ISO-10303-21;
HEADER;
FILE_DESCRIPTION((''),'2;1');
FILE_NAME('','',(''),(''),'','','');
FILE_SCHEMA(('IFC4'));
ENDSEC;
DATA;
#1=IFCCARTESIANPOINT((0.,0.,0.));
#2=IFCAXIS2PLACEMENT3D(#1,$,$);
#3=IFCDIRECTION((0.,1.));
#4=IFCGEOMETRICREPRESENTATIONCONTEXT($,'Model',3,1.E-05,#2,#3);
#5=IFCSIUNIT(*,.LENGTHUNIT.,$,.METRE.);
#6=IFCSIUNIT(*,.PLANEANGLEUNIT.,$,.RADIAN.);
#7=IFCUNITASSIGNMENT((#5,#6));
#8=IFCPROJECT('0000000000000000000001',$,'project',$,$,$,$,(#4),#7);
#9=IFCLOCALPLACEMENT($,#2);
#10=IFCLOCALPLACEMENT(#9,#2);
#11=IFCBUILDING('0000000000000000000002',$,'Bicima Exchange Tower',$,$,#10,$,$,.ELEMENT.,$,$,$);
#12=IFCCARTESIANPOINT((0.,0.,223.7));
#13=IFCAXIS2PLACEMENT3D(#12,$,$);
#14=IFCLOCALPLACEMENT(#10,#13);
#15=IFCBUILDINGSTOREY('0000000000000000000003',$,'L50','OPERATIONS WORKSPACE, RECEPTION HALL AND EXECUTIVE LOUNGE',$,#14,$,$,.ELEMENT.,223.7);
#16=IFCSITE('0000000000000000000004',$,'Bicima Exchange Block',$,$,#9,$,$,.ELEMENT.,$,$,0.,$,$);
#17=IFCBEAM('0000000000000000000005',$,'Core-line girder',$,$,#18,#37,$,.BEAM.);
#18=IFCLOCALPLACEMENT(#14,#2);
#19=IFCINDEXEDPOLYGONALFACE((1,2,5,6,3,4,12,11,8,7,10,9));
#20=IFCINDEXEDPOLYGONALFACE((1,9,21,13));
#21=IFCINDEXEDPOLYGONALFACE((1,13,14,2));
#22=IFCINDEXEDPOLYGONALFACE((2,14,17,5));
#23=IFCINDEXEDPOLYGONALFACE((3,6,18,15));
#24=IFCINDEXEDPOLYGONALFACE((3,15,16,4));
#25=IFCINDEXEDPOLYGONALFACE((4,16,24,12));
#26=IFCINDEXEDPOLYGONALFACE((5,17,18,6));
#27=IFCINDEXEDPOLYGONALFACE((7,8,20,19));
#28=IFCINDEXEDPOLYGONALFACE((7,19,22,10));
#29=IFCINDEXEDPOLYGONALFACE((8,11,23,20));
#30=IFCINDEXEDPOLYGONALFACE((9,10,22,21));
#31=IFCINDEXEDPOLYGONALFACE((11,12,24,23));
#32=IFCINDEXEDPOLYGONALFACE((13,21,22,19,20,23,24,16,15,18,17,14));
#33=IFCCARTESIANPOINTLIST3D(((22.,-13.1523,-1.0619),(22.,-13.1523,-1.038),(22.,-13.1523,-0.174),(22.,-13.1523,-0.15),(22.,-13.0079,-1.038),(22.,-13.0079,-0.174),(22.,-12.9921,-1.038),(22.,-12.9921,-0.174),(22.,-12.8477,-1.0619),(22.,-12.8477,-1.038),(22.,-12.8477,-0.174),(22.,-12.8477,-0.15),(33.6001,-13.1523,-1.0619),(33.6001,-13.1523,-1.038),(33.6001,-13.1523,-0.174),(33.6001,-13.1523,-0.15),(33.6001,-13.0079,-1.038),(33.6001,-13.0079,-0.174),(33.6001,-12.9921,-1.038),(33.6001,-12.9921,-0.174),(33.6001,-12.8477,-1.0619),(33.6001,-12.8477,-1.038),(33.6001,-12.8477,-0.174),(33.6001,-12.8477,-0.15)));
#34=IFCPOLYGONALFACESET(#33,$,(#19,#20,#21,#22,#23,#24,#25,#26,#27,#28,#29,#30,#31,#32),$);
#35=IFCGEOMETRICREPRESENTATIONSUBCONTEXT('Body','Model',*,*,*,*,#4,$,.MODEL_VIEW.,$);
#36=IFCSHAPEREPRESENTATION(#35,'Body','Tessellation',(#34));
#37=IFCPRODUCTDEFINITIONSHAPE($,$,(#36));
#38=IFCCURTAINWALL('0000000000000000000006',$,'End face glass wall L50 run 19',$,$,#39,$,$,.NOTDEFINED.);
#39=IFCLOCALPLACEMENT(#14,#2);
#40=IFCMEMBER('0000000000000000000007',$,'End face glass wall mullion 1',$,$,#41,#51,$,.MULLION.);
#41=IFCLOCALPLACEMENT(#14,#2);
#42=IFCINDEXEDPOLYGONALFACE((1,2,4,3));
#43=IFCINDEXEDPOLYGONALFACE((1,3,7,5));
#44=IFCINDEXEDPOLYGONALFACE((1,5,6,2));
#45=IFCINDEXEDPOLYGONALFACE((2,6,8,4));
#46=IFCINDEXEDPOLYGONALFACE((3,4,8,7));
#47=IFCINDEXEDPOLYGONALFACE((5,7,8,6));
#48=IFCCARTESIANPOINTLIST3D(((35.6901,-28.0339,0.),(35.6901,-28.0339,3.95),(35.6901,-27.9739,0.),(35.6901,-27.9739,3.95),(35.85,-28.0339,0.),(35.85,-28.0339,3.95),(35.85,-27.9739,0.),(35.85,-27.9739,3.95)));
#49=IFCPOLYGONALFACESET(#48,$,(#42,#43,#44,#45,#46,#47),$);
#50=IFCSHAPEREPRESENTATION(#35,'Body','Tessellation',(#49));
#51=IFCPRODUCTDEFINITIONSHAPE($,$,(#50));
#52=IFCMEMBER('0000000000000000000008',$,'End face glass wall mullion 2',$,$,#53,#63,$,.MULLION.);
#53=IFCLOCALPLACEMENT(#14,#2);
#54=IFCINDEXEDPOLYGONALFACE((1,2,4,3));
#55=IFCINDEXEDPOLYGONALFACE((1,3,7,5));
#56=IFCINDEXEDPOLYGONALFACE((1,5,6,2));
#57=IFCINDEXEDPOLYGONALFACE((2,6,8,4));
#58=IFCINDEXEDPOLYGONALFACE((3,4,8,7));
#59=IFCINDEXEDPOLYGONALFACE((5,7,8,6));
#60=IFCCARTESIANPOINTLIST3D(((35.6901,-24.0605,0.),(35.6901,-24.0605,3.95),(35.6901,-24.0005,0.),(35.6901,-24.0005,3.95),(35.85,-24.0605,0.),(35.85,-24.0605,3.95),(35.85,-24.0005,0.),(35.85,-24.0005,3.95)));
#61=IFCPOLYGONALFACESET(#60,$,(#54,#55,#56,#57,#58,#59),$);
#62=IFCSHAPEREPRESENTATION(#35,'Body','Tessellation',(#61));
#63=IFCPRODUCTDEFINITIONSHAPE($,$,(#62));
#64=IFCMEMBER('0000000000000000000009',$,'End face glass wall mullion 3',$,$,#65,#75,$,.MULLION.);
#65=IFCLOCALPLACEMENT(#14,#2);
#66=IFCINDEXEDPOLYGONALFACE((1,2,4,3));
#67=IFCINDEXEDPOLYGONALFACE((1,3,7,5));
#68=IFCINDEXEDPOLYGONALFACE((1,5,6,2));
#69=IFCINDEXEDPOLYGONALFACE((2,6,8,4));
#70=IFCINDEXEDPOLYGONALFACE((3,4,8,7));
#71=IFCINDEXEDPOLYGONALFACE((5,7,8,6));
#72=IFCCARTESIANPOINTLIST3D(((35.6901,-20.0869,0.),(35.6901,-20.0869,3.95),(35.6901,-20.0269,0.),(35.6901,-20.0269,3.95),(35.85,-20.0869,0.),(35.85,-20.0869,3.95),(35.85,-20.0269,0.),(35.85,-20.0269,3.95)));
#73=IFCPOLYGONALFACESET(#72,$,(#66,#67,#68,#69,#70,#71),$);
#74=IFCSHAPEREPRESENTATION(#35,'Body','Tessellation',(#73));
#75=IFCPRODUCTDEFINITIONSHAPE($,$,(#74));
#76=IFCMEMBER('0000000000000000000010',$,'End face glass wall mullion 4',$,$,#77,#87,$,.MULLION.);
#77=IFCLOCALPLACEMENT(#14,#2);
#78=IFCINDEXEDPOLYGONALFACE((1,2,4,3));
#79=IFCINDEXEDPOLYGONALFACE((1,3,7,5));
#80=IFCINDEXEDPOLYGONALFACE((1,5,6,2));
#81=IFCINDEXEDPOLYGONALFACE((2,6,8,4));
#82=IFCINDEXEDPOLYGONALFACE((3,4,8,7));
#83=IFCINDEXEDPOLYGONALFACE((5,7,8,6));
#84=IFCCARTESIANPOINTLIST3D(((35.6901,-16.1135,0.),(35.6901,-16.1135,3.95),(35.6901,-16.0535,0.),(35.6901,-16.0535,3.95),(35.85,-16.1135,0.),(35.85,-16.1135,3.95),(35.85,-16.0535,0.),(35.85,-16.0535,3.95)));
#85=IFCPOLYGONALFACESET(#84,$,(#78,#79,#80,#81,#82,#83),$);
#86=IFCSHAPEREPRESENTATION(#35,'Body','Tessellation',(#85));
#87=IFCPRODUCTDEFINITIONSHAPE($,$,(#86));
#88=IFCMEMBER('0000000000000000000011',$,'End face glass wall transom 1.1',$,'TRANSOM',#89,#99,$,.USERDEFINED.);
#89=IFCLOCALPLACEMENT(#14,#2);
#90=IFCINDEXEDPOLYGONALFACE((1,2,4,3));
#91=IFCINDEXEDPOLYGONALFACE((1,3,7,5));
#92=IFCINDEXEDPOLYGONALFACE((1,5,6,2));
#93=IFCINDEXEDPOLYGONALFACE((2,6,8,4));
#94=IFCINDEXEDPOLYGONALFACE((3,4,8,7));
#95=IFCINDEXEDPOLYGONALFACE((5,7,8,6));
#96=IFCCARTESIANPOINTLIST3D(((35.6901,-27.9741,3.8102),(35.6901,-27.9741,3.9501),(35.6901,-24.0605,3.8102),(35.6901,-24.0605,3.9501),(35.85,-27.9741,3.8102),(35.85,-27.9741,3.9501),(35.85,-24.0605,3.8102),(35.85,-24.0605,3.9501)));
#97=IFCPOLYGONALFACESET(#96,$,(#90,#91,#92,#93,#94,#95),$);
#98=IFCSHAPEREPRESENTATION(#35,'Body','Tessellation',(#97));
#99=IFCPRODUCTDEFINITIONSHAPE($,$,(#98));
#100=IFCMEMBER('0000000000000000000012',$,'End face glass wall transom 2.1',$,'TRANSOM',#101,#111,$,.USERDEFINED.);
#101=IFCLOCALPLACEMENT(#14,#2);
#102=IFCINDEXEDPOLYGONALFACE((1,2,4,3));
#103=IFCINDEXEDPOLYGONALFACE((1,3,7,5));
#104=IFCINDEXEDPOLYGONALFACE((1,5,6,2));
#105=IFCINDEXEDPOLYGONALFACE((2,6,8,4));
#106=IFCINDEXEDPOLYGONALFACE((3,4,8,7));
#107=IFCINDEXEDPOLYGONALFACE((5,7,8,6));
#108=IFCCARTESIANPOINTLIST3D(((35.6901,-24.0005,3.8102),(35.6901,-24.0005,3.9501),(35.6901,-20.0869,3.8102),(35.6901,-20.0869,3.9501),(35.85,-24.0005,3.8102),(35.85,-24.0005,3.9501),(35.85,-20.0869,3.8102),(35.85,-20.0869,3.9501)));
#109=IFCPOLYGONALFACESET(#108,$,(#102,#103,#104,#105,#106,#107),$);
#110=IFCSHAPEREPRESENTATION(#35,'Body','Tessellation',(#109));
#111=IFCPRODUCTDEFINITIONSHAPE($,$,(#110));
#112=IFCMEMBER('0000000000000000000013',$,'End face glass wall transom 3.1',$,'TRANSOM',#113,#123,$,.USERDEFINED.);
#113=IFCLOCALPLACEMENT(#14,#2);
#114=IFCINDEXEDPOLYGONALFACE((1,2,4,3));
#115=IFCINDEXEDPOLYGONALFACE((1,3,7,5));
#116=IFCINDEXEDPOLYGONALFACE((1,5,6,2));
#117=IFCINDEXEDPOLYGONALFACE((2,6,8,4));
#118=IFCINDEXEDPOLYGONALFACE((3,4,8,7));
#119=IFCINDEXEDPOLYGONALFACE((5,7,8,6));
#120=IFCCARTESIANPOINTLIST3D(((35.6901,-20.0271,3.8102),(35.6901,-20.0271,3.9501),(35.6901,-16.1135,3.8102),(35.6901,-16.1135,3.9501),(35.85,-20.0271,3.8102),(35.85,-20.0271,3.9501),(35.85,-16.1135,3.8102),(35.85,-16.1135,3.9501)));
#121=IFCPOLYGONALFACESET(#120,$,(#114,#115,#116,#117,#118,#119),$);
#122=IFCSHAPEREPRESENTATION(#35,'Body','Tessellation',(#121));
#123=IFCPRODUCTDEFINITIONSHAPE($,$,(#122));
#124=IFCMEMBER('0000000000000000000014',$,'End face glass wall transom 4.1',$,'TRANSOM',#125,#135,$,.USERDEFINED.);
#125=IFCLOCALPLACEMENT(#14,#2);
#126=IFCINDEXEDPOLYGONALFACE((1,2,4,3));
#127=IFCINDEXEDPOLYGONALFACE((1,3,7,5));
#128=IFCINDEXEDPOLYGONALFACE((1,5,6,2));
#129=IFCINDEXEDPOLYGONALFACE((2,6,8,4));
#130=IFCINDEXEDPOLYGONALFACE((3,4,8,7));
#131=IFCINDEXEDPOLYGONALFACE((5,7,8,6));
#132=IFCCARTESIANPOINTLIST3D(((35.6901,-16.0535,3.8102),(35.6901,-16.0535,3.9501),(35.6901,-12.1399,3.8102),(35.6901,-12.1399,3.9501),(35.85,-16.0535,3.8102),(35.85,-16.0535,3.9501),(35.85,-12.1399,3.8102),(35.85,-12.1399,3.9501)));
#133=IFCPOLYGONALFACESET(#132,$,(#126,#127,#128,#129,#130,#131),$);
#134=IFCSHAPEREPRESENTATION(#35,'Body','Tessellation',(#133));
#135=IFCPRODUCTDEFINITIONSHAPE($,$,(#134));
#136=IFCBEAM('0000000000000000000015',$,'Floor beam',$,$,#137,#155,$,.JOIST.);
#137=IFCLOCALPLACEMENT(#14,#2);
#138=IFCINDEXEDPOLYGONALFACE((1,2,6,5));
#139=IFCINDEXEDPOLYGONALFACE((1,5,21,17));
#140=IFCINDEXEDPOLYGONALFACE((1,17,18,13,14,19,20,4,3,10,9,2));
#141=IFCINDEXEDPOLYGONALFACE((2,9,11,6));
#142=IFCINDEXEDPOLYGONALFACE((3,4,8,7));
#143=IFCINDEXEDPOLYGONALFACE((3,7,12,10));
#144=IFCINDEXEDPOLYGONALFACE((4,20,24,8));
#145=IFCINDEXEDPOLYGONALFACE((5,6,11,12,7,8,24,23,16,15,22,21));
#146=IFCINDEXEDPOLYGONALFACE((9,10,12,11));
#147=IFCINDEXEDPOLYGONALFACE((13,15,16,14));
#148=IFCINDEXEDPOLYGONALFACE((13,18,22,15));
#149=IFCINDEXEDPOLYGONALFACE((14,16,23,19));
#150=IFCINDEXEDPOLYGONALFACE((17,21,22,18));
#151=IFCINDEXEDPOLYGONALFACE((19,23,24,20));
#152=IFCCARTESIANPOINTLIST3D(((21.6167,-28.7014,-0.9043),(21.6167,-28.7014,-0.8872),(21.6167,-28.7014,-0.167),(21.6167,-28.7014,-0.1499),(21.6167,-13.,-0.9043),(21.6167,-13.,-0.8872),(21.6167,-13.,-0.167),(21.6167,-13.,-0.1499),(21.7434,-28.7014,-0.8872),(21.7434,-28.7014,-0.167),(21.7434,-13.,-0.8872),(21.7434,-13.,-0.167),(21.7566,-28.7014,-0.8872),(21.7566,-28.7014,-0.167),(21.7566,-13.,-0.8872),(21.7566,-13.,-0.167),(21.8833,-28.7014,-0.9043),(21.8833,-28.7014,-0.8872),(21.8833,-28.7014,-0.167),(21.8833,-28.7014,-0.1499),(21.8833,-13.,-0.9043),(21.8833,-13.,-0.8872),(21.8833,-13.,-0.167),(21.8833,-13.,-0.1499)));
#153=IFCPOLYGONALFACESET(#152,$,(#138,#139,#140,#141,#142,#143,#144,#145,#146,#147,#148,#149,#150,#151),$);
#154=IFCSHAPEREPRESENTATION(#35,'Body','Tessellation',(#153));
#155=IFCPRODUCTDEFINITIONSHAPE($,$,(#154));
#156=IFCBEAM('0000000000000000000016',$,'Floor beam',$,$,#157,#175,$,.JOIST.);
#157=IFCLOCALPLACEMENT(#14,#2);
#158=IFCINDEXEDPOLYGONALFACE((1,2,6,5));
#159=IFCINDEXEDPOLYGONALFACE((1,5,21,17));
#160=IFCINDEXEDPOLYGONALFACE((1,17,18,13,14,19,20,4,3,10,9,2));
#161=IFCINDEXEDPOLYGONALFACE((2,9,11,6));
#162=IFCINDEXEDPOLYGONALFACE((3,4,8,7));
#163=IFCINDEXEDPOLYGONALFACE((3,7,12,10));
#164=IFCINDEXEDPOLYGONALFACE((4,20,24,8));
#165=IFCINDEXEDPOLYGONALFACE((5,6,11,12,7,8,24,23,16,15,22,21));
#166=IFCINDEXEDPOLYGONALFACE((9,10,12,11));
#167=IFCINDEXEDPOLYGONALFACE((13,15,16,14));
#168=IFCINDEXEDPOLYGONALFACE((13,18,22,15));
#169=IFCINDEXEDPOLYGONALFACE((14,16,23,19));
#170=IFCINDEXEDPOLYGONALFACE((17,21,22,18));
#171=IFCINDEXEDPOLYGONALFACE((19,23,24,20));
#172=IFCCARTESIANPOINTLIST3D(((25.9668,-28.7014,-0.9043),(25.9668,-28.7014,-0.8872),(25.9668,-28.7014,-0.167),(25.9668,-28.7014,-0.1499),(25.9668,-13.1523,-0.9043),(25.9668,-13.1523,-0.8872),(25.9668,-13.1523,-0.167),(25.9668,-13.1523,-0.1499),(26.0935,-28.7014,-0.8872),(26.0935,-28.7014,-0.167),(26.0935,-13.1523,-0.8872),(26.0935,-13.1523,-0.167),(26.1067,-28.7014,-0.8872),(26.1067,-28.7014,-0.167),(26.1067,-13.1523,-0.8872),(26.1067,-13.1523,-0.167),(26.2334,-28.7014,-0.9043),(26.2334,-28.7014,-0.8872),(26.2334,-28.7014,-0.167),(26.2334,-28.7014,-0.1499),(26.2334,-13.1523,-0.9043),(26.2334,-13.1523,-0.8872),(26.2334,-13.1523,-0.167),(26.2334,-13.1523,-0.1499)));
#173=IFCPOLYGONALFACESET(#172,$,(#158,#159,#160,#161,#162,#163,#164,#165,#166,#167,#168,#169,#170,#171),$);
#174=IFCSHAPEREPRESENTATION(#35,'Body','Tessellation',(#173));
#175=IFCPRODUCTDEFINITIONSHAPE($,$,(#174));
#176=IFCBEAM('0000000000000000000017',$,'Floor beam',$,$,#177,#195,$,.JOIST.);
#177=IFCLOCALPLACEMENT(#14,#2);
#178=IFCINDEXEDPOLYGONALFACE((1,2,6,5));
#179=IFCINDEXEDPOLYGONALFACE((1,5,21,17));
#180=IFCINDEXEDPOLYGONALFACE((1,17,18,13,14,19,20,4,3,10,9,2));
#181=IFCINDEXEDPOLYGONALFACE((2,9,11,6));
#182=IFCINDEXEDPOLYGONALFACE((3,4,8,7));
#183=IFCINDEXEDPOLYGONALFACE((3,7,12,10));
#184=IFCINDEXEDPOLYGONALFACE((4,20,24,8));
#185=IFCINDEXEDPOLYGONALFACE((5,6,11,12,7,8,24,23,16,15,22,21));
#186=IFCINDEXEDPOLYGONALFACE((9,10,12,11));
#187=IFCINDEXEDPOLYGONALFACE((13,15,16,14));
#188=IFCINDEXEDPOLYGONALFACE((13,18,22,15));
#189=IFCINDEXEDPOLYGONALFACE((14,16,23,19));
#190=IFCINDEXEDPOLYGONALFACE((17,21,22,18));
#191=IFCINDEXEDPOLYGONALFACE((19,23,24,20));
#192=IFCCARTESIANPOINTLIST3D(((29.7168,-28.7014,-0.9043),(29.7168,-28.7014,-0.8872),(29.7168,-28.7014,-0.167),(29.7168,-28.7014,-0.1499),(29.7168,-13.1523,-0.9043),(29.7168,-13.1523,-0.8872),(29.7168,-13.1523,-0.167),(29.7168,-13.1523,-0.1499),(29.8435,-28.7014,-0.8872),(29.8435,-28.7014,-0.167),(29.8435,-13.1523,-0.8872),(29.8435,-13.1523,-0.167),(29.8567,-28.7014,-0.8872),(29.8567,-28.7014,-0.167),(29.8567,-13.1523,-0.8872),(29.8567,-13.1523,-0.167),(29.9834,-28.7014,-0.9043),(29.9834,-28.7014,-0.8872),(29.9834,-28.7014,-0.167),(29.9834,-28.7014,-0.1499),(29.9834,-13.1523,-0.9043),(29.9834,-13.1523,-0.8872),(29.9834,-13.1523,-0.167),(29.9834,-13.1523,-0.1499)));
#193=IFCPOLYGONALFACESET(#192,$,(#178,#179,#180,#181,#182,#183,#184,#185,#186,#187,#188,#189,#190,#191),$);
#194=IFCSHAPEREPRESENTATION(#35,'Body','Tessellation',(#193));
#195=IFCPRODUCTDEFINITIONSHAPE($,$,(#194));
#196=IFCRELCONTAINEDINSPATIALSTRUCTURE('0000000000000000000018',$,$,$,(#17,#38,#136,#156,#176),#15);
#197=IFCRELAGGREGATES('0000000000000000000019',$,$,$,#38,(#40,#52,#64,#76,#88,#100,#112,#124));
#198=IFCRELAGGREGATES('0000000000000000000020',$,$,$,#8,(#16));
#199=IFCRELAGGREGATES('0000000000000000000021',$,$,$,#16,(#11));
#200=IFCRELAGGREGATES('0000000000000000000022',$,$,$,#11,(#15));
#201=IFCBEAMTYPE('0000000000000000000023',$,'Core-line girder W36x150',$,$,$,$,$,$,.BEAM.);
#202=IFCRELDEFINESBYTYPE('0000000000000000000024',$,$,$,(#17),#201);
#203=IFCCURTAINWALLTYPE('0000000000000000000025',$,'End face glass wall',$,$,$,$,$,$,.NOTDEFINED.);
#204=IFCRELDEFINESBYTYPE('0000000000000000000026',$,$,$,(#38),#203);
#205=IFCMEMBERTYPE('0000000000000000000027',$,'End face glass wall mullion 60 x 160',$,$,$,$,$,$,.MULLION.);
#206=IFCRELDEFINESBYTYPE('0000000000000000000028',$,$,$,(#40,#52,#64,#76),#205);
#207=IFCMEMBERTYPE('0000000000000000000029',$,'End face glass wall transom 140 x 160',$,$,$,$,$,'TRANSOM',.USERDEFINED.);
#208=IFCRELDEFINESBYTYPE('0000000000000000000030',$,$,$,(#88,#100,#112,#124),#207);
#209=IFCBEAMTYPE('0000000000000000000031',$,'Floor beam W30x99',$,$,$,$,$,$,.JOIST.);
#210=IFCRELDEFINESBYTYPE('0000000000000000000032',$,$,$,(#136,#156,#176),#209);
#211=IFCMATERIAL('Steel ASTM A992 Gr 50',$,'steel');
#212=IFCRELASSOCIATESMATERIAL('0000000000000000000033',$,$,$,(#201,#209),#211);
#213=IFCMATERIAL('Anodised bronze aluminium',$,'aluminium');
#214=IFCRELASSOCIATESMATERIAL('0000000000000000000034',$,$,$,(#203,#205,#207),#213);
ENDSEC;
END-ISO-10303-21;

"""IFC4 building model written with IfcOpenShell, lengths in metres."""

from ifc_helpers import new_model, si_unit, direction, frame, origin, origin_2d, place, context, subcontext, project, spatial, rectangle, i_section, extrude, material, material_profile, profile_set, type_object, element, aggregate, save


model = new_model("IFC4")

# Units and contexts
model_context = context("Model", 3, precision=1e-05, world=origin(), true_north=direction((0.0, 1.0)))
body_context = subcontext(model_context, "Body", "Model", "MODEL_VIEW")
ifc_project = project(units=[si_unit("LENGTHUNIT", "METRE"), si_unit("PLANEANGLEUNIT", "RADIAN")], contexts=[model_context])

# Site, building, storey
site_placement = place(None, origin())
site = spatial("IfcSite", under=ifc_project, at=site_placement, Name="Bicima Exchange Block", CompositionType="ELEMENT", RefElevation=0.0)
building_placement = place(site_placement, origin())
building = spatial("IfcBuilding", under=site, at=building_placement, Name="Bicima Exchange Tower", CompositionType="ELEMENT")
storey_placement = place(building_placement, frame((0.0, 0.0, 223.7)))
storey = spatial("IfcBuildingStorey", under=building, at=storey_placement, Name="L50", Description="OPERATIONS WORKSPACE, RECEPTION HALL AND EXECUTIVE LOUNGE", CompositionType="ELEMENT", Elevation=223.7)

# Beam
ifc_material_1 = material(Name="Steel ASTM A992 Gr 50", Category="steel")
ifc_material_profile_1 = material_profile(ifc_material_1, i_section(OverallWidth=0.3047, OverallDepth=0.9119, WebThickness=0.0159, FlangeThickness=0.0239, at=origin_2d()))
ifc_profile_set_1 = profile_set([ifc_material_profile_1], Name="Steel ASTM A992 Gr 50")
beam_type_1 = type_object("IfcBeamType", Name="Core-line girder W36x150", PredefinedType="BEAM", material=ifc_profile_set_1)
beam_1_placement = place(storey_placement, frame((22.0, -13.0, -0.606), z_axis=(1.0, 0.0, 0.0), x_axis=(0.0, 1.0, 0.0)))
element("IfcBeam", 1, at=beam_1_placement, inside=storey, type_object=beam_type_1, Name="Core-line girder", PredefinedType="BEAM", context=body_context, shape_type="SweptSolid", body=[
    extrude(i_section(OverallWidth=0.3047, OverallDepth=0.9119, WebThickness=0.0159, FlangeThickness=0.0239, at=origin_2d()), origin(), (0.0, 0.0, 1.0), 11.6001),
])

# Curtain wall, members
ifc_material_2 = material(Name="Anodised bronze aluminium", Category="aluminium")
curtain_wall_type_1 = type_object("IfcCurtainWallType", Name="End face glass wall", PredefinedType="NOTDEFINED", material=ifc_material_2)
curtain_wall_1_placement = place(storey_placement, origin())
curtain_wall_1 = element("IfcCurtainWall", 2, at=curtain_wall_1_placement, inside=storey, type_object=curtain_wall_type_1, Name="End face glass wall L50 run 19", PredefinedType="NOTDEFINED")
ifc_material_profile_2 = material_profile(ifc_material_2, rectangle(XDim=0.1599, YDim=0.0601, at=origin_2d()))
ifc_profile_set_2 = profile_set([ifc_material_profile_2], Name="Anodised bronze aluminium")
member_type_1 = type_object("IfcMemberType", Name="End face glass wall mullion 60 x 160", PredefinedType="MULLION", material=ifc_profile_set_2)
member_1_placement = place(storey_placement, frame((35.77, -28.0039, 0.0), z_axis=(0.0, 0.0, 1.0), x_axis=(-1.0, 0.0, 0.0)))
member_1 = element("IfcMember", 3, at=member_1_placement, type_object=member_type_1, Name="End face glass wall mullion 1", PredefinedType="MULLION", context=body_context, shape_type="SweptSolid", body=[
    extrude(rectangle(XDim=0.1599, YDim=0.0601, at=origin_2d()), origin(), (0.0, 0.0, 1.0), 3.95),
])
member_2_placement = place(storey_placement, frame((35.77, -24.0305, 0.0), z_axis=(0.0, 0.0, 1.0), x_axis=(-1.0, 0.0, 0.0)))
member_2 = element("IfcMember", 4, at=member_2_placement, type_object=member_type_1, Name="End face glass wall mullion 2", PredefinedType="MULLION", context=body_context, shape_type="SweptSolid", body=[
    extrude(rectangle(XDim=0.1599, YDim=0.0601, at=origin_2d()), origin(), (0.0, 0.0, 1.0), 3.95),
])
member_3_placement = place(storey_placement, frame((35.77, -20.0569, 0.0), z_axis=(0.0, 0.0, 1.0), x_axis=(-1.0, 0.0, 0.0)))
member_3 = element("IfcMember", 5, at=member_3_placement, type_object=member_type_1, Name="End face glass wall mullion 3", PredefinedType="MULLION", context=body_context, shape_type="SweptSolid", body=[
    extrude(rectangle(XDim=0.1599, YDim=0.0601, at=origin_2d()), origin(), (0.0, 0.0, 1.0), 3.95),
])
member_4_placement = place(storey_placement, frame((35.77, -16.0835, 0.0), z_axis=(0.0, 0.0, 1.0), x_axis=(-1.0, 0.0, 0.0)))
member_4 = element("IfcMember", 6, at=member_4_placement, type_object=member_type_1, Name="End face glass wall mullion 4", PredefinedType="MULLION", context=body_context, shape_type="SweptSolid", body=[
    extrude(rectangle(XDim=0.1599, YDim=0.0601, at=origin_2d()), origin(), (0.0, 0.0, 1.0), 3.95),
])
ifc_material_profile_3 = material_profile(ifc_material_2, rectangle(XDim=0.1599, YDim=0.1399, at=origin_2d()))
ifc_profile_set_3 = profile_set([ifc_material_profile_3], Name="Anodised bronze aluminium")
member_type_2 = type_object("IfcMemberType", Name="End face glass wall transom 140 x 160", ElementType="TRANSOM", PredefinedType="USERDEFINED", material=ifc_profile_set_3)
member_5_placement = place(storey_placement, frame((35.77, -27.9741, 3.8801), z_axis=(0.0, 1.0, 0.0), x_axis=(-1.0, 0.0, 0.0)))
member_5 = element("IfcMember", 7, at=member_5_placement, type_object=member_type_2, Name="End face glass wall transom 1.1", ObjectType="TRANSOM", PredefinedType="USERDEFINED", context=body_context, shape_type="SweptSolid", body=[
    extrude(rectangle(XDim=0.1599, YDim=0.1399, at=origin_2d()), origin(), (0.0, 0.0, 1.0), 3.9136),
])
member_6_placement = place(storey_placement, frame((35.77, -24.0005, 3.8801), z_axis=(0.0, 1.0, 0.0), x_axis=(-1.0, 0.0, 0.0)))
member_6 = element("IfcMember", 8, at=member_6_placement, type_object=member_type_2, Name="End face glass wall transom 2.1", ObjectType="TRANSOM", PredefinedType="USERDEFINED", context=body_context, shape_type="SweptSolid", body=[
    extrude(rectangle(XDim=0.1599, YDim=0.1399, at=origin_2d()), origin(), (0.0, 0.0, 1.0), 3.9136),
])
member_7_placement = place(storey_placement, frame((35.77, -20.0271, 3.8801), z_axis=(0.0, 1.0, 0.0), x_axis=(-1.0, 0.0, 0.0)))
member_7 = element("IfcMember", 9, at=member_7_placement, type_object=member_type_2, Name="End face glass wall transom 3.1", ObjectType="TRANSOM", PredefinedType="USERDEFINED", context=body_context, shape_type="SweptSolid", body=[
    extrude(rectangle(XDim=0.1599, YDim=0.1399, at=origin_2d()), origin(), (0.0, 0.0, 1.0), 3.9136),
])
member_8_placement = place(storey_placement, frame((35.77, -16.0535, 3.8801), z_axis=(0.0, 1.0, 0.0), x_axis=(-1.0, 0.0, 0.0)))
member_8 = element("IfcMember", 10, at=member_8_placement, type_object=member_type_2, Name="End face glass wall transom 4.1", ObjectType="TRANSOM", PredefinedType="USERDEFINED", context=body_context, shape_type="SweptSolid", body=[
    extrude(rectangle(XDim=0.1599, YDim=0.1399, at=origin_2d()), origin(), (0.0, 0.0, 1.0), 3.9136),
])

# Beams
ifc_material_profile_4 = material_profile(ifc_material_1, i_section(OverallWidth=0.2666, OverallDepth=0.7544, WebThickness=0.0132, FlangeThickness=0.0171, at=origin_2d()))
ifc_profile_set_4 = profile_set([ifc_material_profile_4], Name="Steel ASTM A992 Gr 50")
beam_type_2 = type_object("IfcBeamType", Name="Floor beam W30x99", PredefinedType="JOIST", material=ifc_profile_set_4)
beam_2_placement = place(storey_placement, frame((21.75, -13.0, -0.5271), z_axis=(0.0, -1.0, 0.0), x_axis=(1.0, 0.0, 0.0)))
element("IfcBeam", 11, at=beam_2_placement, inside=storey, type_object=beam_type_2, Name="Floor beam", PredefinedType="JOIST", context=body_context, shape_type="SweptSolid", body=[
    extrude(i_section(OverallWidth=0.2666, OverallDepth=0.7544, WebThickness=0.0132, FlangeThickness=0.0171, at=origin_2d()), origin(), (0.0, 0.0, 1.0), 15.7014),
])
for number, where, z_axis, x_axis, name in (
    (12, (26.1001, -13.1523, -0.5271), (0.0, -1.0, 0.0), (1.0, 0.0, 0.0), "Floor beam"),
    (13, (29.8501, -13.1523, -0.5271), (0.0, -1.0, 0.0), (1.0, 0.0, 0.0), "Floor beam"),
):
    element("IfcBeam", number, at=place(storey_placement, frame(where, z_axis=z_axis, x_axis=x_axis)), inside=storey, type_object=beam_type_2, Name=name, PredefinedType="JOIST", context=body_context, shape_type="SweptSolid", body=[
        extrude(i_section(OverallWidth=0.2666, OverallDepth=0.7544, WebThickness=0.0132, FlangeThickness=0.0171, at=origin_2d()), origin(), (0.0, 0.0, 1.0), 15.5491),
    ])

aggregate(curtain_wall_1, [member_1, member_2, member_3, member_4, member_5, member_6, member_7, member_8])

save(model, "model.ifc")
